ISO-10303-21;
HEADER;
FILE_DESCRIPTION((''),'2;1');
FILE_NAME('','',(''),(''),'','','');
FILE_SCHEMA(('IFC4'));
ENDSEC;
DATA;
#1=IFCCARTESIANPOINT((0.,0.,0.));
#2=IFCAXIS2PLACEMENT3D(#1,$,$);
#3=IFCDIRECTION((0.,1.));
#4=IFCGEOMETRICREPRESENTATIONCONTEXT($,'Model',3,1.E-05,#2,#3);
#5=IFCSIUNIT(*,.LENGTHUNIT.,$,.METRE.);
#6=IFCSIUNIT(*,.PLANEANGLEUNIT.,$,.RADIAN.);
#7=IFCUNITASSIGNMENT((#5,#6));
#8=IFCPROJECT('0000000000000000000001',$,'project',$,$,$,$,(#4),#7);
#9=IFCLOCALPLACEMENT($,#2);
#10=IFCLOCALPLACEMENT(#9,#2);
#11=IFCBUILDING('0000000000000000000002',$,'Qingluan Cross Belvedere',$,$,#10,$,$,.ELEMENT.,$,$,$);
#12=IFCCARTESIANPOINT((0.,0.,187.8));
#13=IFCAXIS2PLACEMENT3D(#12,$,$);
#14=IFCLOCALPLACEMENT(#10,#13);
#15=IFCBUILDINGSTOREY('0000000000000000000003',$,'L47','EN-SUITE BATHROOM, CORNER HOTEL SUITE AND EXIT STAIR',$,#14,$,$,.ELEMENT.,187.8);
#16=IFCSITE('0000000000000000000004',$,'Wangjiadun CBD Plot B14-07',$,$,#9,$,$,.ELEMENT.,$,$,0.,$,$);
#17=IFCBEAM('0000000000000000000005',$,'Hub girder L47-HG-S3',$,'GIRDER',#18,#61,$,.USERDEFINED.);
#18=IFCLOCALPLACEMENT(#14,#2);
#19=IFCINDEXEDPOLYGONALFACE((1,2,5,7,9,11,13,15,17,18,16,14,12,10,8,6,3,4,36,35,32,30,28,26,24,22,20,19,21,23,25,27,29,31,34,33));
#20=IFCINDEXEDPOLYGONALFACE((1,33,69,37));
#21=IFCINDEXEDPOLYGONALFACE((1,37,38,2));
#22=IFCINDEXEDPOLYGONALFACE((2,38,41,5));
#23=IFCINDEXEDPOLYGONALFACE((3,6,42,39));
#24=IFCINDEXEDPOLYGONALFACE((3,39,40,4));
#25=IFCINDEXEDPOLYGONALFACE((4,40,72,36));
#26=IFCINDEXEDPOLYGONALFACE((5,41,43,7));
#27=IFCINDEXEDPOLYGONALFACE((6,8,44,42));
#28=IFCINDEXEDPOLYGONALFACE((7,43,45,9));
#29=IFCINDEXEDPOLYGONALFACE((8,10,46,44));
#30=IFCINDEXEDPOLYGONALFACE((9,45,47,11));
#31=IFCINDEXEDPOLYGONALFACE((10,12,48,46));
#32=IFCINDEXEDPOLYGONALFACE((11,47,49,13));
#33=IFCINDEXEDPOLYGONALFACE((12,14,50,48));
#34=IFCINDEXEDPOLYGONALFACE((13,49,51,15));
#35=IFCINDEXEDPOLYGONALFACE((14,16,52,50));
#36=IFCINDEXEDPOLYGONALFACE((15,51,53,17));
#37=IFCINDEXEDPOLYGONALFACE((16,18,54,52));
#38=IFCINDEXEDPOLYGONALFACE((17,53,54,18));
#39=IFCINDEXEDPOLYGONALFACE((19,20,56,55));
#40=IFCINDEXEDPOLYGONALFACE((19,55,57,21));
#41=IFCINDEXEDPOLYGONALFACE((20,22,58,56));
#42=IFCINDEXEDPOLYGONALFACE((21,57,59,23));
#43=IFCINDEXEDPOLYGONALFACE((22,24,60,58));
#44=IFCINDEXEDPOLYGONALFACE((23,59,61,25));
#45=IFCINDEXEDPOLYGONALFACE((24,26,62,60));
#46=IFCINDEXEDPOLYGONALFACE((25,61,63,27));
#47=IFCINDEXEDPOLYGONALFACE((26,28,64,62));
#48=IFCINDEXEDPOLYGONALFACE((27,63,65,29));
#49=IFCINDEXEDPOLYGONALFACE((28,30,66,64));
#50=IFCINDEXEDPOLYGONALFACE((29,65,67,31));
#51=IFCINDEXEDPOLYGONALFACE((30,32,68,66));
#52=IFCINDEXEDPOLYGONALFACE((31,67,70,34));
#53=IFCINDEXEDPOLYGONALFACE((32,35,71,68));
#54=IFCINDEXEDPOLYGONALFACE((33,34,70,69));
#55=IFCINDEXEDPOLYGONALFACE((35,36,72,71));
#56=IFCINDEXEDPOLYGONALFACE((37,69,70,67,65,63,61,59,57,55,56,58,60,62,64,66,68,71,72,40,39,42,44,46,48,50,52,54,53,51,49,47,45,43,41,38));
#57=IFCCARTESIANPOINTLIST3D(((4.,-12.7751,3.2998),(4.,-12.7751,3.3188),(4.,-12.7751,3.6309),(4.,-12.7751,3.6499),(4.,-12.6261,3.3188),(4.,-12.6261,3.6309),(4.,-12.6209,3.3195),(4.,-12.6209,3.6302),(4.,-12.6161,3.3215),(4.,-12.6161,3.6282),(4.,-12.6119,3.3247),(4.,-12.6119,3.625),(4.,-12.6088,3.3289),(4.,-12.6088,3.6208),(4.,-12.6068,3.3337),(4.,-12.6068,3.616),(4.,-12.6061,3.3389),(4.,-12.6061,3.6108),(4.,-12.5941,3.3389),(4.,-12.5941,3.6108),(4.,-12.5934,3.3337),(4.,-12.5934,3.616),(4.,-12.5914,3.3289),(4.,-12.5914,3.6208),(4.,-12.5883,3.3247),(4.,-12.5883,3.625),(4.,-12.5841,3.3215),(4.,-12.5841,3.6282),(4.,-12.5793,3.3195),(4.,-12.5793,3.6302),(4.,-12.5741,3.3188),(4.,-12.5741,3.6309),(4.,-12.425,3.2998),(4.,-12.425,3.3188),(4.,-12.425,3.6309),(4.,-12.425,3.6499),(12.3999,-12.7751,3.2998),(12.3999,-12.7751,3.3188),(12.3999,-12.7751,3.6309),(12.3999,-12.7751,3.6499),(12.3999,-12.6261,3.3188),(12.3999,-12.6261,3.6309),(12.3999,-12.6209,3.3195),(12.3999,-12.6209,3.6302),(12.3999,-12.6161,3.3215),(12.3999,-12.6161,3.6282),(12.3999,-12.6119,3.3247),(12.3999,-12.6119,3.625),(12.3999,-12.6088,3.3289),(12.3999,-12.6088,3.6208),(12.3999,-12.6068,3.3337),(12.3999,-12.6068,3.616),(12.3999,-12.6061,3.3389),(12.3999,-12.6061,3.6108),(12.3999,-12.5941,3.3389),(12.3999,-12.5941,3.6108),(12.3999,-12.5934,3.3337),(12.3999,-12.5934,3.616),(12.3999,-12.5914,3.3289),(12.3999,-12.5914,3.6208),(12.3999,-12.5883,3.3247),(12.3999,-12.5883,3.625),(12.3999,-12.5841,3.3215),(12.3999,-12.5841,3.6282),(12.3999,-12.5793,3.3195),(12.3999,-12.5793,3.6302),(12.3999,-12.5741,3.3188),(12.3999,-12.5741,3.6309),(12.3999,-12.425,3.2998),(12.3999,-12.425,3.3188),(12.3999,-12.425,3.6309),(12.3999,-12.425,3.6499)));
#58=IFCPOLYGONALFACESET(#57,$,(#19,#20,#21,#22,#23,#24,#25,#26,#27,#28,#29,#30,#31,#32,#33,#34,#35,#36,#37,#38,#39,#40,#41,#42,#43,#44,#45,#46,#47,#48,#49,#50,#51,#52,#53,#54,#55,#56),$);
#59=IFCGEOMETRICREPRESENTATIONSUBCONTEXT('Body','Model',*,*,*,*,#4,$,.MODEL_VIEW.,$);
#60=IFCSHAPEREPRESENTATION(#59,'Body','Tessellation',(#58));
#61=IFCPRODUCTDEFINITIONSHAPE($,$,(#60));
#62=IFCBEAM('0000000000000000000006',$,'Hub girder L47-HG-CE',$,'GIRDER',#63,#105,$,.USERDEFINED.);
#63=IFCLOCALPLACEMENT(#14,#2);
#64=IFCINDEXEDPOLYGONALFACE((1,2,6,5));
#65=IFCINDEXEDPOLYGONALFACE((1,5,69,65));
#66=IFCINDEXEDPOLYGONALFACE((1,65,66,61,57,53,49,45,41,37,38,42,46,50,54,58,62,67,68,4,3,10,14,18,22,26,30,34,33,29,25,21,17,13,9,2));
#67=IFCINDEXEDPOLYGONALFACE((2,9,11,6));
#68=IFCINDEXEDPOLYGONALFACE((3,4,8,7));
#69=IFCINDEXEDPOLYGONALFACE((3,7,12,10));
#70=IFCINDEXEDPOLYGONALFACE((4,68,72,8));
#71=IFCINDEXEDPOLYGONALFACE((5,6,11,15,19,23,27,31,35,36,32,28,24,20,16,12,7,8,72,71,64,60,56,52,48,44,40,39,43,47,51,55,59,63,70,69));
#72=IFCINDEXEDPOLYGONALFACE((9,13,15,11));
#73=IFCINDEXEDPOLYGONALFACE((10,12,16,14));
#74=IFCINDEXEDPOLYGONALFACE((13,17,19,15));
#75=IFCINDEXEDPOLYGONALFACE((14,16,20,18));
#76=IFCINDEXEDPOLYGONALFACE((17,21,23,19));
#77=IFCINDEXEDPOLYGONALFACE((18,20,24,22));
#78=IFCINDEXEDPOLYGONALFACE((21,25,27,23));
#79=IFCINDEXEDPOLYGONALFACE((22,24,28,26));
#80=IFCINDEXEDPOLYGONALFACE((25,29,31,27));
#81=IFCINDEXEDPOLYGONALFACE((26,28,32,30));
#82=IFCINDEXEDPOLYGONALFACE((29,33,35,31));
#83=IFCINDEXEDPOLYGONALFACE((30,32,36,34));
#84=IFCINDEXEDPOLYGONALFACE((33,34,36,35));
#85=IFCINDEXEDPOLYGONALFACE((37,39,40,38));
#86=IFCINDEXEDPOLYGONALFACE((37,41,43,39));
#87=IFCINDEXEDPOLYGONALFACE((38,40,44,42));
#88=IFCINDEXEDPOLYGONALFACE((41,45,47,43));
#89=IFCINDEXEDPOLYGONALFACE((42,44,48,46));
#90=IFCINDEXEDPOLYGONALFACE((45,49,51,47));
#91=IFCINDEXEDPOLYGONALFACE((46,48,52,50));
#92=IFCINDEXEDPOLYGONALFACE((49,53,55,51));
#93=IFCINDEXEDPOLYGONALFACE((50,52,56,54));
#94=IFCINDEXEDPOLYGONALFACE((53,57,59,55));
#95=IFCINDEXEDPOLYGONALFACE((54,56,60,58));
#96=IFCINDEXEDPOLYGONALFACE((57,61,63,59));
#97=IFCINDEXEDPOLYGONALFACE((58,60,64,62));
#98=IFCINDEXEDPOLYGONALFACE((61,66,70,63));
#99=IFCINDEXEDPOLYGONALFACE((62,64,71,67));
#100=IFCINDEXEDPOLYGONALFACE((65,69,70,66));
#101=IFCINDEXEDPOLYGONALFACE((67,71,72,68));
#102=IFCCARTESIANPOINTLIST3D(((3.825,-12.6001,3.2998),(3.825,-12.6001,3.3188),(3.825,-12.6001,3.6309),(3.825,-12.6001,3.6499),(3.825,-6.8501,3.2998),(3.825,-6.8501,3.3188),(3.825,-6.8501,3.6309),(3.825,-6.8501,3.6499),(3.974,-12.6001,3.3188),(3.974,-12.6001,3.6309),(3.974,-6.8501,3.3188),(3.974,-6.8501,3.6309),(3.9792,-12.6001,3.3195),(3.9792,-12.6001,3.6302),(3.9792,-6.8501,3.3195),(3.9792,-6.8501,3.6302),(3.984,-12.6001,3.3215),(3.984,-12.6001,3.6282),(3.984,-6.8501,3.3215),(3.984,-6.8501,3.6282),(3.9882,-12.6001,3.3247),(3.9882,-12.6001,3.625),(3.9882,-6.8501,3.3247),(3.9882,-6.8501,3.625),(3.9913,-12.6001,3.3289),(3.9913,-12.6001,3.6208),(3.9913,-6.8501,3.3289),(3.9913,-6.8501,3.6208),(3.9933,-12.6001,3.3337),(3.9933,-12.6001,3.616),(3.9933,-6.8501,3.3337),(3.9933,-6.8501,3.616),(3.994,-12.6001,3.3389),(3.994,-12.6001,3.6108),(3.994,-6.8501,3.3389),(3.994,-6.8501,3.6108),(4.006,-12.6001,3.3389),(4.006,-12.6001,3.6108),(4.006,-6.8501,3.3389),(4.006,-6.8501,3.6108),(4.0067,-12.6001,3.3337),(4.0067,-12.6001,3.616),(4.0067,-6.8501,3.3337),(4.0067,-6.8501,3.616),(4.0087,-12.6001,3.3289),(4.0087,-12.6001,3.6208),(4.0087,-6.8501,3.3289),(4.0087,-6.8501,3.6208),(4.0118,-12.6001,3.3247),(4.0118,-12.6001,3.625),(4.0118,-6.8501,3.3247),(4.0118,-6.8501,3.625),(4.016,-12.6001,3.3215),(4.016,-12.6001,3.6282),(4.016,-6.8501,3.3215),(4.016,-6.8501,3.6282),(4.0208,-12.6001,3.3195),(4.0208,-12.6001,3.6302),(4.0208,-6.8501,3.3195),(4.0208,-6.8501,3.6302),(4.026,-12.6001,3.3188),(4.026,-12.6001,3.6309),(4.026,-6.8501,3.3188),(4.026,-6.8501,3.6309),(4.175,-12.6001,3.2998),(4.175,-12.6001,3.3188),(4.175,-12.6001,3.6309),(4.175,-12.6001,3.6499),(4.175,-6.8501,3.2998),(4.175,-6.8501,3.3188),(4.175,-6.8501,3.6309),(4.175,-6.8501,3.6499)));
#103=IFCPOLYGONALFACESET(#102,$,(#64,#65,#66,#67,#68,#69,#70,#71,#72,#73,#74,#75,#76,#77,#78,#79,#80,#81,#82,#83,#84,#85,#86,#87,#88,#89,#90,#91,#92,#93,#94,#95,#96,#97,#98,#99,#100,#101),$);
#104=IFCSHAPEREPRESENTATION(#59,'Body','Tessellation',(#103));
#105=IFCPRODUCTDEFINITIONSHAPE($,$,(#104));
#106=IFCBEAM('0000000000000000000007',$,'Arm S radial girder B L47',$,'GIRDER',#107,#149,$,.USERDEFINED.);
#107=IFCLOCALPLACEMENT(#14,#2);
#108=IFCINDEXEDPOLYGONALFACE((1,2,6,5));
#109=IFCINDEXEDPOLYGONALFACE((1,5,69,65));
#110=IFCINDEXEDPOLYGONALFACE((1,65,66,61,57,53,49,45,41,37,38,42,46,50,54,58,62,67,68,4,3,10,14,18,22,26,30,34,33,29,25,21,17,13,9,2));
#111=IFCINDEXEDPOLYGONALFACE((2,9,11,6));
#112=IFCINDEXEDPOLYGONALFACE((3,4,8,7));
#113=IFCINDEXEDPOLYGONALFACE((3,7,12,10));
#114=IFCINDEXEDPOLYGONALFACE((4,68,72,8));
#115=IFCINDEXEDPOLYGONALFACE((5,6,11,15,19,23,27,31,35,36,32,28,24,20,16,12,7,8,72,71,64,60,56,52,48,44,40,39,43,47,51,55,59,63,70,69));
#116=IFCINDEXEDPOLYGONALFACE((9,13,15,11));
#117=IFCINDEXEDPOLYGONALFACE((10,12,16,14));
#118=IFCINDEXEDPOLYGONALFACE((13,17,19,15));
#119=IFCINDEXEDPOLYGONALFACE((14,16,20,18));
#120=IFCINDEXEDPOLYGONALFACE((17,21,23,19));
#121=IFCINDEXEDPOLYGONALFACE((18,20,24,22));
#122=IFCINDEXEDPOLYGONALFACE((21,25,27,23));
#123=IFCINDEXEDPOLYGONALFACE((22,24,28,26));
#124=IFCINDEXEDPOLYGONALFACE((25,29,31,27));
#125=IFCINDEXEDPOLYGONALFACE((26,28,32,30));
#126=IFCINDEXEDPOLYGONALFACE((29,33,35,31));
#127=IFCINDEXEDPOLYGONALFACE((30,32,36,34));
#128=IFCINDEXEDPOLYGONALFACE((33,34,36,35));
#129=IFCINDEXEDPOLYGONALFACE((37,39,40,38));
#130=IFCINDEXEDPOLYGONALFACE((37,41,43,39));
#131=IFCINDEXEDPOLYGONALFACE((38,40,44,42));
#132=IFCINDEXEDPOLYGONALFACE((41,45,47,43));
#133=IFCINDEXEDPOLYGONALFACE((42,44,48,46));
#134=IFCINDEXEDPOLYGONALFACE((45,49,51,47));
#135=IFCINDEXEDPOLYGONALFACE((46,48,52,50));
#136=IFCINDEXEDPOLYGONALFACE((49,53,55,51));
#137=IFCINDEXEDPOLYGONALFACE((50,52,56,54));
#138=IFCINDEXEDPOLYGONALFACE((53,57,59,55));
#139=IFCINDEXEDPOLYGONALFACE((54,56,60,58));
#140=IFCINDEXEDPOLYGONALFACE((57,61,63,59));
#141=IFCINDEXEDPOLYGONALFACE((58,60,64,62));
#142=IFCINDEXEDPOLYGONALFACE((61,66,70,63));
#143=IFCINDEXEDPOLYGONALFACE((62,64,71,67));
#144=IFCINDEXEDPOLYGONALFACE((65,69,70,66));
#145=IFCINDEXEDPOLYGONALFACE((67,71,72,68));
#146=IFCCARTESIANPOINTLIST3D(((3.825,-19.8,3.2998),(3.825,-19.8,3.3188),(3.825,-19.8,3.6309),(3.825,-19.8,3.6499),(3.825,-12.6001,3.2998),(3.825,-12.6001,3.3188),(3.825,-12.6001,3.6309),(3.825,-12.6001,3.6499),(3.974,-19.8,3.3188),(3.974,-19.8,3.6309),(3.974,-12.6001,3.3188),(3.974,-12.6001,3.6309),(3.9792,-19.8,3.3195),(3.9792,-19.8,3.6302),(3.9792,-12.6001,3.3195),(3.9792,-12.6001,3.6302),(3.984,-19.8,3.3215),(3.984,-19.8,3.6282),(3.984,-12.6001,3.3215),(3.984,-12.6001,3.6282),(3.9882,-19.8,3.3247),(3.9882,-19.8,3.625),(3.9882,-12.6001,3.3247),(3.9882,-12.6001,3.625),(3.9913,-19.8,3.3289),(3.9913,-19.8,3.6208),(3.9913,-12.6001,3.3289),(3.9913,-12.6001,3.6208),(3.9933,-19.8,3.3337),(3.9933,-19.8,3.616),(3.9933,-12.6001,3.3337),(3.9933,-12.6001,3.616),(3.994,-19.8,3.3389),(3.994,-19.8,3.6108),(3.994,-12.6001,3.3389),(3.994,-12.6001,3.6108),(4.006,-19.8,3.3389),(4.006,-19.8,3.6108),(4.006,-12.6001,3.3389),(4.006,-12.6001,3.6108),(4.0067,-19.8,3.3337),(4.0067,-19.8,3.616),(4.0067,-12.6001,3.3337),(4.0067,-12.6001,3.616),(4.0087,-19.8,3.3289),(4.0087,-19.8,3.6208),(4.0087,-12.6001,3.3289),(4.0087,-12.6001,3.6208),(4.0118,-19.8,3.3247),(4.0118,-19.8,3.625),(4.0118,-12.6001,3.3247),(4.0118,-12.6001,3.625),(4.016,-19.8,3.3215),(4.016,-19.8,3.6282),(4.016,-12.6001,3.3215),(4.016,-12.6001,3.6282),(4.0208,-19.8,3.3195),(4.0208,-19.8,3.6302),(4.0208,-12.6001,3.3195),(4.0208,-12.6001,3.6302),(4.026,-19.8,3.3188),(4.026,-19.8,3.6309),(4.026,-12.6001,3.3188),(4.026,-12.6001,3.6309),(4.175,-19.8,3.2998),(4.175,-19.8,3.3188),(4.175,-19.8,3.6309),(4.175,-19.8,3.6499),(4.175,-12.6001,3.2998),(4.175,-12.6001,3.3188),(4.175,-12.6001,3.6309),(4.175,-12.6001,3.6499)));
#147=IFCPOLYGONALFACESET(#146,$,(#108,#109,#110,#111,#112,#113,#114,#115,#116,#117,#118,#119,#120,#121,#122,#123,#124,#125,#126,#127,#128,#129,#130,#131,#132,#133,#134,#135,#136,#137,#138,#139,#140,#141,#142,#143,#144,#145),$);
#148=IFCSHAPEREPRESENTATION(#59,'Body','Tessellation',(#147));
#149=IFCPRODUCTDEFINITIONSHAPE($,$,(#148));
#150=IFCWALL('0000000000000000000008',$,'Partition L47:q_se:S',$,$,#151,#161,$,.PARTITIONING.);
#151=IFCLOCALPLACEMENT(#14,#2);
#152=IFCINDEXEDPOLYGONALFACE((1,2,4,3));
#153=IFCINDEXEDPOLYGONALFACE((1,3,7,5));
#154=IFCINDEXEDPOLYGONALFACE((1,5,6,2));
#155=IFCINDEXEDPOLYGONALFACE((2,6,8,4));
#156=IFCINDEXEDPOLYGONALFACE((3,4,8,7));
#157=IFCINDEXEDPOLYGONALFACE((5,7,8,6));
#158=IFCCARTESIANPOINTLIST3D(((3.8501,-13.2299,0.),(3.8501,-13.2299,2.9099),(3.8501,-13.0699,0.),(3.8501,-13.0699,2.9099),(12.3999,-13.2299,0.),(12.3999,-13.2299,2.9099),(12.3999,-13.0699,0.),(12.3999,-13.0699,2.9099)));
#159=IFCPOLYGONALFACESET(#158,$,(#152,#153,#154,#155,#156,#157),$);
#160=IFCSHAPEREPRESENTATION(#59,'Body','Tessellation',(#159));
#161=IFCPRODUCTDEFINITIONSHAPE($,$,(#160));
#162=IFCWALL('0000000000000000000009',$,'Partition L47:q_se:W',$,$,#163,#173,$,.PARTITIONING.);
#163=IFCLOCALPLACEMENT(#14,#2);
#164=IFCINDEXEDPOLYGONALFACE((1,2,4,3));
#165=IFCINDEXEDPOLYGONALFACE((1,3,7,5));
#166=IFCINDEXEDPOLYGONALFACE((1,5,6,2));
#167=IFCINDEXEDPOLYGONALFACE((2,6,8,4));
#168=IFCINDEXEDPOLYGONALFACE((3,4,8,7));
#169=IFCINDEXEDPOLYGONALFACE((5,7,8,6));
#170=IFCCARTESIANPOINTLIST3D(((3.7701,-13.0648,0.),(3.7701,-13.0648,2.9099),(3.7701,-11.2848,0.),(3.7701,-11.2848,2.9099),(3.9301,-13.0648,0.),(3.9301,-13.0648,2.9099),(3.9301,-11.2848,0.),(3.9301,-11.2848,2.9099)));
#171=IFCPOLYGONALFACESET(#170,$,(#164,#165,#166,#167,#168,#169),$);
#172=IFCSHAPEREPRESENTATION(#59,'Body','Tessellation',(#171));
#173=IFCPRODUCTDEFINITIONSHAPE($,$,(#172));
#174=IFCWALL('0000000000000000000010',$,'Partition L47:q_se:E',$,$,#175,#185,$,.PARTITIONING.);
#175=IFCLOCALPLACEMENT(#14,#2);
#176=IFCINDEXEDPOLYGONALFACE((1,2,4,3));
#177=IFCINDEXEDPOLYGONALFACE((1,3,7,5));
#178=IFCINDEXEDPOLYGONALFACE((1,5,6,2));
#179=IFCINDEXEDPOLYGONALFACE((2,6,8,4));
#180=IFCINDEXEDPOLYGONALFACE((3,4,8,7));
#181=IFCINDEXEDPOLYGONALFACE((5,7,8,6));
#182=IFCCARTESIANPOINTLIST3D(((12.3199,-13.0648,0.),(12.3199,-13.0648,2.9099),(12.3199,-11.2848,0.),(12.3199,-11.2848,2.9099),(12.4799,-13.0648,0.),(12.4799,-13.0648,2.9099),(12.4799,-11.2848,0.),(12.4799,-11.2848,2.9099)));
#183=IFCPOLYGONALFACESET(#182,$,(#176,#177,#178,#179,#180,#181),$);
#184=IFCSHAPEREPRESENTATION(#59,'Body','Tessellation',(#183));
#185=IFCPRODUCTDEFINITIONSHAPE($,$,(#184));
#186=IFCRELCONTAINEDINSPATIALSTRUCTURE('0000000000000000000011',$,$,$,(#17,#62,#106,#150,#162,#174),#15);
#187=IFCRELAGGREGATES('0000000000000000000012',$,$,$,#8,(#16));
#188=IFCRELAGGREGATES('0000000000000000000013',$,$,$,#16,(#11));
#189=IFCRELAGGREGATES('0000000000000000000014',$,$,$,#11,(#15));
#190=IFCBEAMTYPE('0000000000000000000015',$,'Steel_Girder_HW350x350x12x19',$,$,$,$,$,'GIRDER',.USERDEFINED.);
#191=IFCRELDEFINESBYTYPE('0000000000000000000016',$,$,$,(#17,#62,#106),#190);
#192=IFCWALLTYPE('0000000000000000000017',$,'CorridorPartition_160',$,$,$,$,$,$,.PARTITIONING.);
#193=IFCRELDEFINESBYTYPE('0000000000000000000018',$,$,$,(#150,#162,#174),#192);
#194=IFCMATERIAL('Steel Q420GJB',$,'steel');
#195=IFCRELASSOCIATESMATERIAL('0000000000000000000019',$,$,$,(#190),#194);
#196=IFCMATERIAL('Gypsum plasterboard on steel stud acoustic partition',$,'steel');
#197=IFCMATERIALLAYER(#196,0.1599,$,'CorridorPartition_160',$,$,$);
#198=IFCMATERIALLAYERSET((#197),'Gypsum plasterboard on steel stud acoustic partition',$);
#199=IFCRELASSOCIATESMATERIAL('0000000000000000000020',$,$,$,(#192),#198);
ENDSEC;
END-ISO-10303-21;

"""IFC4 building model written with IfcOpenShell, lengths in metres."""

from ifc_helpers import new_model, si_unit, direction, frame, frame_2d, origin, origin_2d, place, context, subcontext, project, spatial, rectangle, i_section, extrude, material, layer, layer_set, material_profile, profile_set, type_object, element, save


model = new_model("IFC4")

# Units and contexts
model_context = context("Model", 3, precision=1e-05, world=origin(), true_north=direction((0.0, 1.0)))
body_context = subcontext(model_context, "Body", "Model", "MODEL_VIEW")
ifc_project = project(units=[si_unit("LENGTHUNIT", "METRE"), si_unit("PLANEANGLEUNIT", "RADIAN")], contexts=[model_context])

# Site, building, storey
site_placement = place(None, origin())
site = spatial("IfcSite", under=ifc_project, at=site_placement, Name="Wangjiadun CBD Plot B14-07", CompositionType="ELEMENT", RefElevation=0.0)
building_placement = place(site_placement, origin())
building = spatial("IfcBuilding", under=site, at=building_placement, Name="Qingluan Cross Belvedere", CompositionType="ELEMENT")
storey_placement = place(building_placement, frame((0.0, 0.0, 187.8)))
storey = spatial("IfcBuildingStorey", under=building, at=storey_placement, Name="L47", Description="EN-SUITE BATHROOM, CORNER HOTEL SUITE AND EXIT STAIR", CompositionType="ELEMENT", Elevation=187.8)

# Beams
ifc_material_1 = material(Name="Steel Q420GJB", Category="steel")
ifc_material_profile_1 = material_profile(ifc_material_1, i_section(OverallWidth=0.3501, OverallDepth=0.3501, WebThickness=0.012, FlangeThickness=0.019, FilletRadius=0.02, at=origin_2d()), Name="HW350x350x12x19")
ifc_profile_set_1 = profile_set([ifc_material_profile_1], Name="Steel Q420GJB")
beam_type_1 = type_object("IfcBeamType", Name="Steel_Girder_HW350x350x12x19", ElementType="GIRDER", PredefinedType="USERDEFINED", material=ifc_profile_set_1)
beam_1_placement = place(storey_placement, frame((4.0, -12.6001, 3.4749), z_axis=(1.0, 0.0, 0.0), x_axis=(0.0, 1.0, 0.0)))
element("IfcBeam", 1, at=beam_1_placement, inside=storey, type_object=beam_type_1, Name="Hub girder L47-HG-S3", ObjectType="GIRDER", PredefinedType="USERDEFINED", context=body_context, shape_type="SweptSolid", body=[
    extrude(i_section(OverallWidth=0.3501, OverallDepth=0.3501, WebThickness=0.012, FlangeThickness=0.019, FilletRadius=0.02, at=origin_2d()), origin(), (0.0, 0.0, 1.0), 8.3999),
])
beam_2_placement = place(storey_placement, frame((4.0, -12.6001, 3.4749), z_axis=(0.0, 1.0, 0.0), x_axis=(-1.0, 0.0, 0.0)))
element("IfcBeam", 2, at=beam_2_placement, inside=storey, type_object=beam_type_1, Name="Hub girder L47-HG-CE", ObjectType="GIRDER", PredefinedType="USERDEFINED", context=body_context, shape_type="SweptSolid", body=[
    extrude(i_section(OverallWidth=0.3501, OverallDepth=0.3501, WebThickness=0.012, FlangeThickness=0.019, FilletRadius=0.02, at=origin_2d()), origin(), (0.0, 0.0, 1.0), 5.75),
])
beam_3_placement = place(storey_placement, frame((4.0, -12.6001, 3.4749), z_axis=(0.0, -1.0, 0.0), x_axis=(1.0, 0.0, 0.0)))
element("IfcBeam", 3, at=beam_3_placement, inside=storey, type_object=beam_type_1, Name="Arm S radial girder B L47", ObjectType="GIRDER", PredefinedType="USERDEFINED", context=body_context, shape_type="SweptSolid", body=[
    extrude(i_section(OverallWidth=0.3501, OverallDepth=0.3501, WebThickness=0.012, FlangeThickness=0.019, FilletRadius=0.02, at=origin_2d()), origin(), (0.0, 0.0, 1.0), 7.2),
])

# Walls
ifc_material_2 = material(Name="Gypsum plasterboard on steel stud acoustic partition", Category="steel")
ifc_layer_1 = layer(ifc_material_2, 0.1599, Name="CorridorPartition_160")
ifc_layer_set_1 = layer_set([ifc_layer_1], Name="Gypsum plasterboard on steel stud acoustic partition")
wall_type_1 = type_object("IfcWallType", Name="CorridorPartition_160", PredefinedType="PARTITIONING", material=ifc_layer_set_1)
wall_1_placement = place(storey_placement, frame((3.8501, -13.1499, 0.0), z_axis=(0.0, 0.0, 1.0), x_axis=(1.0, 0.0, 0.0)))
element("IfcWall", 4, at=wall_1_placement, inside=storey, type_object=wall_type_1, Name="Partition L47:q_se:S", PredefinedType="PARTITIONING", context=body_context, shape_type="SweptSolid", body=[
    extrude(rectangle(XDim=8.5498, YDim=0.1599, at=frame_2d((4.2749, 0.0))), origin(), (0.0, 0.0, 1.0), 2.9099),
])
for number, where, z_axis, x_axis, name in (
    (5, (3.8501, -13.0649, 0.0), (0.0, 0.0, 1.0), (0.0, 1.0, 0.0), "Partition L47:q_se:W"),
    (6, (12.3999, -13.0649, 0.0), (0.0, 0.0, 1.0), (0.0, 1.0, 0.0), "Partition L47:q_se:E"),
):
    element("IfcWall", number, at=place(storey_placement, frame(where, z_axis=z_axis, x_axis=x_axis)), inside=storey, type_object=wall_type_1, Name=name, PredefinedType="PARTITIONING", context=body_context, shape_type="SweptSolid", body=[
        extrude(rectangle(XDim=1.78, YDim=0.1599, at=frame_2d((0.8901, 0.0))), origin(), (0.0, 0.0, 1.0), 2.9099),
    ])

save(model, "model.ifc")
